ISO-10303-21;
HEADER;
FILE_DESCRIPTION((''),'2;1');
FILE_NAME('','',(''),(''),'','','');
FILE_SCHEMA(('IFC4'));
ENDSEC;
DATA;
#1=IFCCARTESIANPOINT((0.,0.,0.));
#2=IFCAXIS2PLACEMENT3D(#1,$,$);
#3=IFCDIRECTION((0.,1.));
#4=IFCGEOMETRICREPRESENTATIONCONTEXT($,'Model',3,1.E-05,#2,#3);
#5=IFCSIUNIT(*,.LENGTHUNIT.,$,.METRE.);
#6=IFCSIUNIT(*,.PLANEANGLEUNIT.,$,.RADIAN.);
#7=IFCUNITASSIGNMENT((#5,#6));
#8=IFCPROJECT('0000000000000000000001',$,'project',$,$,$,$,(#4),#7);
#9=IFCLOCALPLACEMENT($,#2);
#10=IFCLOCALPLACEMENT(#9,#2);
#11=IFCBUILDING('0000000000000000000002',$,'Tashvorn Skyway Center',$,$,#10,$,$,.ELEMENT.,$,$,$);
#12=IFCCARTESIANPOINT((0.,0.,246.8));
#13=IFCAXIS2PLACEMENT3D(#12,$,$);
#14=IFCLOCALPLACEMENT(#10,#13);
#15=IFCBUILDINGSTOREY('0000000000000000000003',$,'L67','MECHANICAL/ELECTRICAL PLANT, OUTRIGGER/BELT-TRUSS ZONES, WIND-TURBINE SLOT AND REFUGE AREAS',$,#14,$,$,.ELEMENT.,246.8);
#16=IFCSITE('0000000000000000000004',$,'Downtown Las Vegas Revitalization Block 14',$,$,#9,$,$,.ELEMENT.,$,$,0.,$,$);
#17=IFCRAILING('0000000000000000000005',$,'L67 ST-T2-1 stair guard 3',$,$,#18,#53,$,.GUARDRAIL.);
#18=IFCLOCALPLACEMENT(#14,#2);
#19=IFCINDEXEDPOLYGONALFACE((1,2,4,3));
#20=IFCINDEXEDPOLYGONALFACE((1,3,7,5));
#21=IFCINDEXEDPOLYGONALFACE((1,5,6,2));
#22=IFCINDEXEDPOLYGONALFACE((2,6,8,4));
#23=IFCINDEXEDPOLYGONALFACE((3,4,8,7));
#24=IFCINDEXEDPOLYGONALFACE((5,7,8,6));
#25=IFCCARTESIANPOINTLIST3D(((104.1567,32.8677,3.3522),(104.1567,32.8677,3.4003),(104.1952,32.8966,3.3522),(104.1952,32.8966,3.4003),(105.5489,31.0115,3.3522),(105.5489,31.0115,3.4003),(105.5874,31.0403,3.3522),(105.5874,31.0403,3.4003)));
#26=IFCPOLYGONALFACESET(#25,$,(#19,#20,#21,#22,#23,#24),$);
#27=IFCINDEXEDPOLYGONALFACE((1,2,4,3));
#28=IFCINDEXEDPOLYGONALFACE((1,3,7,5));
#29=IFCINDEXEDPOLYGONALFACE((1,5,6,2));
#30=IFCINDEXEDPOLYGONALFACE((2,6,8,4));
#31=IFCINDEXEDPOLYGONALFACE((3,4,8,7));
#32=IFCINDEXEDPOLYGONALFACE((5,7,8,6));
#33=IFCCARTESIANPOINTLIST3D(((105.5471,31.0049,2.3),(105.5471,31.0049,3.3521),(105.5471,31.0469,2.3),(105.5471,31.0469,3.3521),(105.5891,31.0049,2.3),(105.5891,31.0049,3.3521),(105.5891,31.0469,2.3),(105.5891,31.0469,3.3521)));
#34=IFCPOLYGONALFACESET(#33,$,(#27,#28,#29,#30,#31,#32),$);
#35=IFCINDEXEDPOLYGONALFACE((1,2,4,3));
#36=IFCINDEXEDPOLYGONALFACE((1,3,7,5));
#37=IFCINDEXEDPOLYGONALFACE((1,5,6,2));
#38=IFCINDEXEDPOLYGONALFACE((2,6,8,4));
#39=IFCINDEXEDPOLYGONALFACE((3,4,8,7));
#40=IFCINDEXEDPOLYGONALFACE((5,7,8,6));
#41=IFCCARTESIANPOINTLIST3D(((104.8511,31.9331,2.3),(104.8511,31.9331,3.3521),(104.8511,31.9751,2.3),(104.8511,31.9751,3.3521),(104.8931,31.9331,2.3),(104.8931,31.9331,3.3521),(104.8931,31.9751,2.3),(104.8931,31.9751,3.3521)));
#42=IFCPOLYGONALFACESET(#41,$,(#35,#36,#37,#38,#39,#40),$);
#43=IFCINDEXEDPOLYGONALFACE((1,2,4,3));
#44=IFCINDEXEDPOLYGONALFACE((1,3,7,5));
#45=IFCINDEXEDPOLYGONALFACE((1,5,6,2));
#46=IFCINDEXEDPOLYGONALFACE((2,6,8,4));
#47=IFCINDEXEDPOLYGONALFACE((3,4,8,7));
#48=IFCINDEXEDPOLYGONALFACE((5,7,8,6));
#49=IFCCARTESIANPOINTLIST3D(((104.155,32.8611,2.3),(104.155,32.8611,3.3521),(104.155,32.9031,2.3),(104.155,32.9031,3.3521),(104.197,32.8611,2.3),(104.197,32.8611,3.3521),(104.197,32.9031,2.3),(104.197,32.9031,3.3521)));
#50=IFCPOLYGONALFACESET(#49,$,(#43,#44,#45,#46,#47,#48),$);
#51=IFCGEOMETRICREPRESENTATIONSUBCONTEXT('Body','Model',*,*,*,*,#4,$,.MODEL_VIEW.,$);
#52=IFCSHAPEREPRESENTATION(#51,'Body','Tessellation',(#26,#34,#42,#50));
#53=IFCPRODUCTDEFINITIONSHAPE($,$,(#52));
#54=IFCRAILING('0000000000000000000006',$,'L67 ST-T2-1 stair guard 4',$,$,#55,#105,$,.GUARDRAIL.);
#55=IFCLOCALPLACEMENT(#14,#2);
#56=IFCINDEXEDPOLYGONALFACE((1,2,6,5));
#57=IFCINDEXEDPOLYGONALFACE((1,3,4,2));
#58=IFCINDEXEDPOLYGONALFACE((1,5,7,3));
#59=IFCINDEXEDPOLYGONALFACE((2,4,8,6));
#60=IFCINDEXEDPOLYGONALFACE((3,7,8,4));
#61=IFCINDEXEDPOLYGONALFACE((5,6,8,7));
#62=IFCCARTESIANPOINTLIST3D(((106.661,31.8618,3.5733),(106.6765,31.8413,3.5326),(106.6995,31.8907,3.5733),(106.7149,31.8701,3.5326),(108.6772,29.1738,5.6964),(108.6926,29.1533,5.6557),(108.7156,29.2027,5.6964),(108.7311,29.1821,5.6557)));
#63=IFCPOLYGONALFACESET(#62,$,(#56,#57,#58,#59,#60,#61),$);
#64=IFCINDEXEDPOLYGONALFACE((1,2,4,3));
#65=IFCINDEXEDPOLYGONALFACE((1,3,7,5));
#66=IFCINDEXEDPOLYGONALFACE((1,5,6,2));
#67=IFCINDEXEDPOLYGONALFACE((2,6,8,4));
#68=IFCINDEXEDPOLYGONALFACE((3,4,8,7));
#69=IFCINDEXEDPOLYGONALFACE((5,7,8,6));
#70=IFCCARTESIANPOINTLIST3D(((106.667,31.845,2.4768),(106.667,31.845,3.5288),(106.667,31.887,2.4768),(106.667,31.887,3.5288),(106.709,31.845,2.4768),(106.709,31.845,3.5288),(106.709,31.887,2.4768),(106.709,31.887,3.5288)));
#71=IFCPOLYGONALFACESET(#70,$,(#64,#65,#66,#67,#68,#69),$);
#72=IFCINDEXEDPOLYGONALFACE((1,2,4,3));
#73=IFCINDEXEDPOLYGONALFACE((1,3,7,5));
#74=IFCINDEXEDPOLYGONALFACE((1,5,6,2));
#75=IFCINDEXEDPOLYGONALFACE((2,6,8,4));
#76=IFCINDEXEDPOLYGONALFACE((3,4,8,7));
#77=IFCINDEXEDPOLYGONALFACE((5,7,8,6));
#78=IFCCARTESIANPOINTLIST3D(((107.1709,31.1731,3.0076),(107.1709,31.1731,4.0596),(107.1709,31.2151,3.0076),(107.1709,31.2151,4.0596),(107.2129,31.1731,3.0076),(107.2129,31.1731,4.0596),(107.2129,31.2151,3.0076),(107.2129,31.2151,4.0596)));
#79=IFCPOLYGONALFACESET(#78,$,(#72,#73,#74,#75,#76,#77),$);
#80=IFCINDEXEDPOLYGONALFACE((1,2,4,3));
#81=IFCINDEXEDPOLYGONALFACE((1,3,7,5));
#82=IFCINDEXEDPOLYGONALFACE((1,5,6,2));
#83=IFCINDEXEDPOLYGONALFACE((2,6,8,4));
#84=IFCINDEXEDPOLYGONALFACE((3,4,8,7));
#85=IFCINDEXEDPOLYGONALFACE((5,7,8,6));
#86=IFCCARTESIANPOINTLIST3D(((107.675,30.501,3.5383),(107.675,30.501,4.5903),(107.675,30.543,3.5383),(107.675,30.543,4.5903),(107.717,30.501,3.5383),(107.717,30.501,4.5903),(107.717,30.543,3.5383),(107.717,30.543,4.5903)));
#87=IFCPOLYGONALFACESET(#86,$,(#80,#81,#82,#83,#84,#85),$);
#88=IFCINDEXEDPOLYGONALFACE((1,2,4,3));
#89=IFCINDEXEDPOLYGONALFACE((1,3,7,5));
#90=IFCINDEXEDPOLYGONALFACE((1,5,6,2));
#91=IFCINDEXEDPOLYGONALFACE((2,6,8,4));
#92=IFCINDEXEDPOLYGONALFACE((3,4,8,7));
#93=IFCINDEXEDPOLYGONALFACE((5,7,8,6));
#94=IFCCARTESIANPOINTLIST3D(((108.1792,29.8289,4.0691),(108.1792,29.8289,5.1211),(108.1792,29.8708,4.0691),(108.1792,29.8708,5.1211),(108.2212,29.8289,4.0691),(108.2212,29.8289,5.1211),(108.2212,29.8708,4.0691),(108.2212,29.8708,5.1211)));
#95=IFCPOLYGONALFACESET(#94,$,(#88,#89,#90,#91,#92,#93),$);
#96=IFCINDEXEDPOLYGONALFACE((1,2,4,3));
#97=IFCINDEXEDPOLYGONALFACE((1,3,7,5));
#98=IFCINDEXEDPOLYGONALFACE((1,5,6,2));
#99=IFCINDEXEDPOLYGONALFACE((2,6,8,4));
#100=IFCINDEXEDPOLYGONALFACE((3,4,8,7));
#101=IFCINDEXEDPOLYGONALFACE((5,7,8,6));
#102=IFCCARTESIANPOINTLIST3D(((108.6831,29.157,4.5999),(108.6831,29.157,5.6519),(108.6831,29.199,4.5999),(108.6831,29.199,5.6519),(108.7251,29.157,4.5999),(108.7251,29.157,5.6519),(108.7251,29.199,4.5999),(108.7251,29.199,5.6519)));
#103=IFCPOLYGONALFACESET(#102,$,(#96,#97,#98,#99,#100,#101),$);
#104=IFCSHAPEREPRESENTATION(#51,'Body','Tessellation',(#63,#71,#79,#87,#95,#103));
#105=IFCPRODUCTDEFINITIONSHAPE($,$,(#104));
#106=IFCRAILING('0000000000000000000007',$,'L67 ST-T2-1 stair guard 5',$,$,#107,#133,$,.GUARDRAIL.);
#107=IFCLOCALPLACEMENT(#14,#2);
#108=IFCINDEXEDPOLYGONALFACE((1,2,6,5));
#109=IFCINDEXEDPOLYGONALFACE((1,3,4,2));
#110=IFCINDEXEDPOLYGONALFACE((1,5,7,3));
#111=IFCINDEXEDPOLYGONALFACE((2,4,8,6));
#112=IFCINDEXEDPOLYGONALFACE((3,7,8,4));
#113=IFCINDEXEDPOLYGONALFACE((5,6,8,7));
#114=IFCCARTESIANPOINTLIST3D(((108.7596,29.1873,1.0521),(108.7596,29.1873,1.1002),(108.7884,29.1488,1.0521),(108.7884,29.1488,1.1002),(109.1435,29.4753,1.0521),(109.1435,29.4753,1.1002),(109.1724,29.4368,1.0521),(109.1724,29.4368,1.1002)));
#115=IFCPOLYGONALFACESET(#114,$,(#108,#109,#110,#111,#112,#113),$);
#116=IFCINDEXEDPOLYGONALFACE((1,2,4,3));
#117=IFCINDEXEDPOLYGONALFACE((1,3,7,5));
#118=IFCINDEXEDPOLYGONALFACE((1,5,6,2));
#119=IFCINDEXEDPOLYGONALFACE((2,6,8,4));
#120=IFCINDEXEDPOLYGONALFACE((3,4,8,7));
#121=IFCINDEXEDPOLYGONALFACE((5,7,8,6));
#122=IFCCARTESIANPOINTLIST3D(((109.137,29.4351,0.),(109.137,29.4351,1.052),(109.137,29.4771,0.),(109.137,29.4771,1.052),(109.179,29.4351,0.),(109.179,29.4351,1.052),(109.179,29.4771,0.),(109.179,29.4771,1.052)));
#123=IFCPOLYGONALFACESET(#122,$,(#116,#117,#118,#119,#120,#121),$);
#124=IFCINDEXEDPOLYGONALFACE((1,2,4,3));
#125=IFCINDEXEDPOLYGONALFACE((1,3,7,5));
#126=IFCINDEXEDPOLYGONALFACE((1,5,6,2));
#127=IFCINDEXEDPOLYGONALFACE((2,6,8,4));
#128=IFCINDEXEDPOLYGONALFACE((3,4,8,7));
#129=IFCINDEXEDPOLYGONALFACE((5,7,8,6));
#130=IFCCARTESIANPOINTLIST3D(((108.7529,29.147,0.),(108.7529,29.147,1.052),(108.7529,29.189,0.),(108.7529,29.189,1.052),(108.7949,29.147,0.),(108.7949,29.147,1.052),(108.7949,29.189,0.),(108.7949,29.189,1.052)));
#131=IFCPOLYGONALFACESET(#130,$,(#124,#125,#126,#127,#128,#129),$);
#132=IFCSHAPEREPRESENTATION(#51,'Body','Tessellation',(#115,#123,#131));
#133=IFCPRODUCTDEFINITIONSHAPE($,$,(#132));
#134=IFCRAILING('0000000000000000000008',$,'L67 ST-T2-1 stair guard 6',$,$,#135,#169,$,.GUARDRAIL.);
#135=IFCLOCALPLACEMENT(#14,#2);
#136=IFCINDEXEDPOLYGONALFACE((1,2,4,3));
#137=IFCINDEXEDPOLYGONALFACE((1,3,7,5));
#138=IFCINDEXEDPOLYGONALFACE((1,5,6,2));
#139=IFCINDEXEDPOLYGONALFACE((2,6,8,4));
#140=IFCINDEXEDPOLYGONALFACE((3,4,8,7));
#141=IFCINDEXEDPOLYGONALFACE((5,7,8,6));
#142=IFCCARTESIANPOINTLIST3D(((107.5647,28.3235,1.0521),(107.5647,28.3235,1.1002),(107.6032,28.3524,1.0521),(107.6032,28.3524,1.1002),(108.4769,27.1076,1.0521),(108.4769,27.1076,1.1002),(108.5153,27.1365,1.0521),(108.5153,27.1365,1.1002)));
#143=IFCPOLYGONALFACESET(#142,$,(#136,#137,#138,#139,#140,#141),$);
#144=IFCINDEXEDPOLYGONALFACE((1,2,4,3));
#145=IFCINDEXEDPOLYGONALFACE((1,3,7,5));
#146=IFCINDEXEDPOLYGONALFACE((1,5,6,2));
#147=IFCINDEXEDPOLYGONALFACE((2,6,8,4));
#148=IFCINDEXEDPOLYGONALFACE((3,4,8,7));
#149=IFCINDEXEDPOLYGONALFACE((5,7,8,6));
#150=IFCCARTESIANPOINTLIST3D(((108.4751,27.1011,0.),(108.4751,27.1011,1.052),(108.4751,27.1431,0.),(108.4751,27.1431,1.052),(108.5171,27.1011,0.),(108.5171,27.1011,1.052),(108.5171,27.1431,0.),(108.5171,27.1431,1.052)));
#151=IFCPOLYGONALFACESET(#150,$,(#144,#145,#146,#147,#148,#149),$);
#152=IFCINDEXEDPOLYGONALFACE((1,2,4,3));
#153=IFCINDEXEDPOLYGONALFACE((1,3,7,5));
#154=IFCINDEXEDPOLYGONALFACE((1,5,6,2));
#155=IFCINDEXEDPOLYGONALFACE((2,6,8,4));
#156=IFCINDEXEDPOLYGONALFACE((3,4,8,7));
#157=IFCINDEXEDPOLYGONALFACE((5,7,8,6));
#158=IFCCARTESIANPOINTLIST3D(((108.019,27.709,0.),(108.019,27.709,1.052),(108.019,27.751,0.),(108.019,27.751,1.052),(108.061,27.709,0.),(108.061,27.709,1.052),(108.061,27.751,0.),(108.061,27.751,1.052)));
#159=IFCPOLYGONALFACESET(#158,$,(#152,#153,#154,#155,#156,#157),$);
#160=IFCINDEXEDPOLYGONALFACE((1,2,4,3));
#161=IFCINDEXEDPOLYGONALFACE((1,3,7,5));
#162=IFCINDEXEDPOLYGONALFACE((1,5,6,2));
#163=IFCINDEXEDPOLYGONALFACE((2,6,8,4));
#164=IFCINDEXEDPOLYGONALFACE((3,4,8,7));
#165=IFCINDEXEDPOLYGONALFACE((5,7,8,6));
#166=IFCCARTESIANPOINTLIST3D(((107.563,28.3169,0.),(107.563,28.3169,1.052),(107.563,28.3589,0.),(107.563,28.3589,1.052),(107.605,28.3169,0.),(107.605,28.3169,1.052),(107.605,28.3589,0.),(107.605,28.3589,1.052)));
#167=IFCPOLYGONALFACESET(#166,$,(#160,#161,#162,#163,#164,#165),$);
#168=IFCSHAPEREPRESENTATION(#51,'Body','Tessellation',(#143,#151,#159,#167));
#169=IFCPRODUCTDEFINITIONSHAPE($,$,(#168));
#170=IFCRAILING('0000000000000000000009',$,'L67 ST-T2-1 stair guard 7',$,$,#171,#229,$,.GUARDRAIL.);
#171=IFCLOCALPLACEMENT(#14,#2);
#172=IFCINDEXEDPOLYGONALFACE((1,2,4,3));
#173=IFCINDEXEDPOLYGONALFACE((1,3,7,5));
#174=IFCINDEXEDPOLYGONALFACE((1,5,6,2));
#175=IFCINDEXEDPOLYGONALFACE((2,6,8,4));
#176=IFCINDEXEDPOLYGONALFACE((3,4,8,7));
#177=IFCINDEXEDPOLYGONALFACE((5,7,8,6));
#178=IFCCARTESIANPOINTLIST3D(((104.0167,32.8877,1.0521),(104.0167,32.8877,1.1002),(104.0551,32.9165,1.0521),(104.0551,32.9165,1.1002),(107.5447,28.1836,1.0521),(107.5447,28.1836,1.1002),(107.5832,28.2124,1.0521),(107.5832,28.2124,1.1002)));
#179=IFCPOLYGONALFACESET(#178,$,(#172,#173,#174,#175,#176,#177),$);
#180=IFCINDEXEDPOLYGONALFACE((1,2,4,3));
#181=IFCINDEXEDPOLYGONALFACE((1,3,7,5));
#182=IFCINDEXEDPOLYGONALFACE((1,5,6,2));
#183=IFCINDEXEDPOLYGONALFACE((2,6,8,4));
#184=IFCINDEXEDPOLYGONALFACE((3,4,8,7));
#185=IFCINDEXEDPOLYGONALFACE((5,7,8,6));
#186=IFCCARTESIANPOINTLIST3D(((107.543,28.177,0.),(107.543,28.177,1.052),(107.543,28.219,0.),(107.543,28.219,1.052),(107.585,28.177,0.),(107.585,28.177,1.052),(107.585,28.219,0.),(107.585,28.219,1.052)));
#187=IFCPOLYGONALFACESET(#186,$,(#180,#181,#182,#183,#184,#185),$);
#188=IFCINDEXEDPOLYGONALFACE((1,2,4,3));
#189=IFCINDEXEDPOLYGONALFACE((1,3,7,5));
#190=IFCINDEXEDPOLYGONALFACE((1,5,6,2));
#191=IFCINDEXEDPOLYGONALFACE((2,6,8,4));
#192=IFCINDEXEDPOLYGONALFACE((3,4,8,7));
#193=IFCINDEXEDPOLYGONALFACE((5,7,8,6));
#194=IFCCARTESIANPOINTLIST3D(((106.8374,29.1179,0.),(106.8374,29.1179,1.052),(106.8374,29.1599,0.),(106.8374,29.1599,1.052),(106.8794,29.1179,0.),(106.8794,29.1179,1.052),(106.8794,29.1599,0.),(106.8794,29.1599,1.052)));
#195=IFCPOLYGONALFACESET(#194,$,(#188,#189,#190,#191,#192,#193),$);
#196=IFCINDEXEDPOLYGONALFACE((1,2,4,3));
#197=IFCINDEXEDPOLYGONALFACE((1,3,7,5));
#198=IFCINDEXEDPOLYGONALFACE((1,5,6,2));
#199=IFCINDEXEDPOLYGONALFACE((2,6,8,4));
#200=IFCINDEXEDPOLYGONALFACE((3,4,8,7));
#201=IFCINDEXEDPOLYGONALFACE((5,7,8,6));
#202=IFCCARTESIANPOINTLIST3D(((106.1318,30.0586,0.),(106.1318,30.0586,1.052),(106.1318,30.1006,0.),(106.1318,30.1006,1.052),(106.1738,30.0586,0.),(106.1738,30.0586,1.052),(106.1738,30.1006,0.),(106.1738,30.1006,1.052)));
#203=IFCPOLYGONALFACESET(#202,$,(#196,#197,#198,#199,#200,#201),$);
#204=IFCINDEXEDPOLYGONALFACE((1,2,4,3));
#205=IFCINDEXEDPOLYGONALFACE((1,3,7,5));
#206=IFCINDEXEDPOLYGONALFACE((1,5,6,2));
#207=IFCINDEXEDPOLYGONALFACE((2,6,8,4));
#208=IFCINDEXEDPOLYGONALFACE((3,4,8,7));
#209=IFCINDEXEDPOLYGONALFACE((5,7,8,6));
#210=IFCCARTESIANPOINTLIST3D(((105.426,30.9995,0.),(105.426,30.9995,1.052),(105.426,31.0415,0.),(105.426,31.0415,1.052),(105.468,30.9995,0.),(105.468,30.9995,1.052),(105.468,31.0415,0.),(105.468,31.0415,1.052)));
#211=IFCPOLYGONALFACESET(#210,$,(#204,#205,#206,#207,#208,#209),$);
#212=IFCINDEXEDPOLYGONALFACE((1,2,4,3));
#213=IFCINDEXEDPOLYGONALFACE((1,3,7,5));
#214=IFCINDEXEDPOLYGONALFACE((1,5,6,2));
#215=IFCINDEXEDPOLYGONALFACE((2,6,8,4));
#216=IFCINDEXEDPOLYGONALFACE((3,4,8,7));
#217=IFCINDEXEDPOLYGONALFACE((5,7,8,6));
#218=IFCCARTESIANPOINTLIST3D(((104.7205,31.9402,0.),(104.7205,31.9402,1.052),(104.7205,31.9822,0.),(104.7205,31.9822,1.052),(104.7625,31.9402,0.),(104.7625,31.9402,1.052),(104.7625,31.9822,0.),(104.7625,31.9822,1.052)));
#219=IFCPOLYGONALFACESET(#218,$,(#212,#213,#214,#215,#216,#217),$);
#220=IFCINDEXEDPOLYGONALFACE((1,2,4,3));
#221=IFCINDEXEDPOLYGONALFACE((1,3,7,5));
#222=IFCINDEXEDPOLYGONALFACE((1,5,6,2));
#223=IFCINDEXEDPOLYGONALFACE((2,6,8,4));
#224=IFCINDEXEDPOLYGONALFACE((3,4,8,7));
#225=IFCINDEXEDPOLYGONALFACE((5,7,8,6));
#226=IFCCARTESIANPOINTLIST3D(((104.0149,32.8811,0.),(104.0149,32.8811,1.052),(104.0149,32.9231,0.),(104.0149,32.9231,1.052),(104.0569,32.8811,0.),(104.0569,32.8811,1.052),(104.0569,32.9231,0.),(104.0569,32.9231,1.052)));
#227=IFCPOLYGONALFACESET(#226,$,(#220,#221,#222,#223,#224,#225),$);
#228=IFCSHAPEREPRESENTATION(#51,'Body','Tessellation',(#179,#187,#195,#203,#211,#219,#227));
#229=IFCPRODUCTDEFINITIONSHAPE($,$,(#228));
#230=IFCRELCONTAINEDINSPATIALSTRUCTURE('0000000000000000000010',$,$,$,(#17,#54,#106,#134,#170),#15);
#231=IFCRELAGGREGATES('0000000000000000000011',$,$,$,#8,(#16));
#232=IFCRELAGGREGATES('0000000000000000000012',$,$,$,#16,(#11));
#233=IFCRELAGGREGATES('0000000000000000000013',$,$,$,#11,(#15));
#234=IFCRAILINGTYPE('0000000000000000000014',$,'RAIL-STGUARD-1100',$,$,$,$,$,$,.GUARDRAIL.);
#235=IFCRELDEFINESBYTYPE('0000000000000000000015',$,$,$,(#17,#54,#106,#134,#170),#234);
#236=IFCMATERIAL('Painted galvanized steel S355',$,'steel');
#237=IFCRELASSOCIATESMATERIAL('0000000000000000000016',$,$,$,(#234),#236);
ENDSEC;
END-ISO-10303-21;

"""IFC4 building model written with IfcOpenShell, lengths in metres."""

from ifc_helpers import new_model, si_unit, direction, frame, origin, origin_2d, place, context, subcontext, project, spatial, rectangle, extrude, material, type_object, element, save


model = new_model("IFC4")

# Units and contexts
model_context = context("Model", 3, precision=1e-05, world=origin(), true_north=direction((0.0, 1.0)))
body_context = subcontext(model_context, "Body", "Model", "MODEL_VIEW")
ifc_project = project(units=[si_unit("LENGTHUNIT", "METRE"), si_unit("PLANEANGLEUNIT", "RADIAN")], contexts=[model_context])

# Site, building, storey
site_placement = place(None, origin())
site = spatial("IfcSite", under=ifc_project, at=site_placement, Name="Downtown Las Vegas Revitalization Block 14", CompositionType="ELEMENT", RefElevation=0.0)
building_placement = place(site_placement, origin())
building = spatial("IfcBuilding", under=site, at=building_placement, Name="Tashvorn Skyway Center", CompositionType="ELEMENT")
storey_placement = place(building_placement, frame((0.0, 0.0, 246.8)))
storey = spatial("IfcBuildingStorey", under=building, at=storey_placement, Name="L67", Description="MECHANICAL/ELECTRICAL PLANT, OUTRIGGER/BELT-TRUSS ZONES, WIND-TURBINE SLOT AND REFUGE AREAS", CompositionType="ELEMENT", Elevation=246.8)

# Railings
ifc_material_1 = material(Name="Painted galvanized steel S355", Category="steel")
railing_type_1 = type_object("IfcRailingType", Name="RAIL-STGUARD-1100", PredefinedType="GUARDRAIL", material=ifc_material_1)
railing_1_placement = place(storey_placement, frame((105.5681, 31.0259, 2.3)))
element("IfcRailing", 1, at=railing_1_placement, inside=storey, type_object=railing_type_1, Name="L67 ST-T2-1 stair guard 3", PredefinedType="GUARDRAIL", context=body_context, shape_type="SweptSolid", body=[
    extrude(rectangle(XDim=0.0481, YDim=0.0481, at=origin_2d()), frame((0.0, 0.0, 1.0762), z_axis=(-0.599983, 0.800013, 0.0), x_axis=(-0.800013, -0.599983, 0.0)), (0.0, 0.0, 1.0), 2.3203),
    extrude(rectangle(XDim=0.042, YDim=0.042, at=origin_2d()), origin(), (0.0, 0.0, 1.0), 1.052),
    extrude(rectangle(XDim=0.042, YDim=0.042, at=origin_2d()), frame((-0.696, 0.9282, 0.0)), (0.0, 0.0, 1.0), 1.052),
    extrude(rectangle(XDim=0.042, YDim=0.042, at=origin_2d()), frame((-1.3921, 1.8562, 0.0)), (0.0, 0.0, 1.0), 1.052),
])
railing_2_placement = place(storey_placement, frame((106.688, 31.866, 2.4768)))
element("IfcRailing", 2, at=railing_2_placement, inside=storey, type_object=railing_type_1, Name="L67 ST-T2-1 stair guard 4", PredefinedType="GUARDRAIL", context=body_context, shape_type="SweptSolid", body=[
    extrude(rectangle(XDim=0.0481, YDim=0.0481, at=origin_2d()), frame((0.0, 0.0, 1.0762), z_axis=(0.507251, -0.676294, 0.534156), x_axis=(0.799983, 0.600023, 0.0)), (0.0, 0.0, 1.0), 3.9746),
    extrude(rectangle(XDim=0.042, YDim=0.042, at=origin_2d()), origin(), (0.0, 0.0, 1.0), 1.052),
    extrude(rectangle(XDim=0.042, YDim=0.042, at=origin_2d()), frame((0.5039, -0.6719, 0.5308)), (0.0, 0.0, 1.0), 1.052),
    extrude(rectangle(XDim=0.042, YDim=0.042, at=origin_2d()), frame((1.0081, -1.344, 1.0615)), (0.0, 0.0, 1.0), 1.052),
    extrude(rectangle(XDim=0.042, YDim=0.042, at=origin_2d()), frame((1.5122, -2.0161, 1.5923)), (0.0, 0.0, 1.0), 1.052),
    extrude(rectangle(XDim=0.042, YDim=0.042, at=origin_2d()), frame((2.0161, -2.688, 2.123)), (0.0, 0.0, 1.0), 1.052),
])
railing_3_placement = place(storey_placement, frame((109.158, 29.4561, 0.0)))
element("IfcRailing", 3, at=railing_3_placement, inside=storey, type_object=railing_type_1, Name="L67 ST-T2-1 stair guard 5", PredefinedType="GUARDRAIL", context=body_context, shape_type="SweptSolid", body=[
    extrude(rectangle(XDim=0.0481, YDim=0.0481, at=origin_2d()), frame((0.0, 0.0, 1.0762), z_axis=(-0.799939, -0.600081, 0.0), x_axis=(0.600081, -0.799939, 0.0)), (0.0, 0.0, 1.0), 0.48),
    extrude(rectangle(XDim=0.042, YDim=0.042, at=origin_2d()), origin(), (0.0, 0.0, 1.0), 1.052),
    extrude(rectangle(XDim=0.042, YDim=0.042, at=origin_2d()), frame((-0.384, -0.2881, 0.0)), (0.0, 0.0, 1.0), 1.052),
])
railing_4_placement = place(storey_placement, frame((108.4961, 27.1221, 0.0)))
element("IfcRailing", 4, at=railing_4_placement, inside=storey, type_object=railing_type_1, Name="L67 ST-T2-1 stair guard 6", PredefinedType="GUARDRAIL", context=body_context, shape_type="SweptSolid", body=[
    extrude(rectangle(XDim=0.0481, YDim=0.0481, at=origin_2d()), frame((0.0, 0.0, 1.0762), z_axis=(-0.600103, 0.799923, 0.0), x_axis=(-0.799923, -0.600103, 0.0)), (0.0, 0.0, 1.0), 1.52),
    extrude(rectangle(XDim=0.042, YDim=0.042, at=origin_2d()), origin(), (0.0, 0.0, 1.0), 1.052),
    extrude(rectangle(XDim=0.042, YDim=0.042, at=origin_2d()), frame((-0.4561, 0.6079, 0.0)), (0.0, 0.0, 1.0), 1.052),
    extrude(rectangle(XDim=0.042, YDim=0.042, at=origin_2d()), frame((-0.9121, 1.2158, 0.0)), (0.0, 0.0, 1.0), 1.052),
])
railing_5_placement = place(storey_placement, frame((107.564, 28.198, 0.0)))
element("IfcRailing", 5, at=railing_5_placement, inside=storey, type_object=railing_type_1, Name="L67 ST-T2-1 stair guard 7", PredefinedType="GUARDRAIL", context=body_context, shape_type="SweptSolid", body=[
    extrude(rectangle(XDim=0.0481, YDim=0.0481, at=origin_2d()), frame((0.0, 0.0, 1.0762), z_axis=(-0.6, 0.8, 0.0), x_axis=(-0.8, -0.6, 0.0)), (0.0, 0.0, 1.0), 5.8801),
    extrude(rectangle(XDim=0.042, YDim=0.042, at=origin_2d()), origin(), (0.0, 0.0, 1.0), 1.052),
    extrude(rectangle(XDim=0.042, YDim=0.042, at=origin_2d()), frame((-0.7056, 0.9409, 0.0)), (0.0, 0.0, 1.0), 1.052),
    extrude(rectangle(XDim=0.042, YDim=0.042, at=origin_2d()), frame((-1.4111, 1.8816, 0.0)), (0.0, 0.0, 1.0), 1.052),
    extrude(rectangle(XDim=0.042, YDim=0.042, at=origin_2d()), frame((-2.1169, 2.8225, 0.0)), (0.0, 0.0, 1.0), 1.052),
    extrude(rectangle(XDim=0.042, YDim=0.042, at=origin_2d()), frame((-2.8225, 3.7632, 0.0)), (0.0, 0.0, 1.0), 1.052),
    extrude(rectangle(XDim=0.042, YDim=0.042, at=origin_2d()), frame((-3.5281, 4.7041, 0.0)), (0.0, 0.0, 1.0), 1.052),
])

save(model, "model.ifc")
